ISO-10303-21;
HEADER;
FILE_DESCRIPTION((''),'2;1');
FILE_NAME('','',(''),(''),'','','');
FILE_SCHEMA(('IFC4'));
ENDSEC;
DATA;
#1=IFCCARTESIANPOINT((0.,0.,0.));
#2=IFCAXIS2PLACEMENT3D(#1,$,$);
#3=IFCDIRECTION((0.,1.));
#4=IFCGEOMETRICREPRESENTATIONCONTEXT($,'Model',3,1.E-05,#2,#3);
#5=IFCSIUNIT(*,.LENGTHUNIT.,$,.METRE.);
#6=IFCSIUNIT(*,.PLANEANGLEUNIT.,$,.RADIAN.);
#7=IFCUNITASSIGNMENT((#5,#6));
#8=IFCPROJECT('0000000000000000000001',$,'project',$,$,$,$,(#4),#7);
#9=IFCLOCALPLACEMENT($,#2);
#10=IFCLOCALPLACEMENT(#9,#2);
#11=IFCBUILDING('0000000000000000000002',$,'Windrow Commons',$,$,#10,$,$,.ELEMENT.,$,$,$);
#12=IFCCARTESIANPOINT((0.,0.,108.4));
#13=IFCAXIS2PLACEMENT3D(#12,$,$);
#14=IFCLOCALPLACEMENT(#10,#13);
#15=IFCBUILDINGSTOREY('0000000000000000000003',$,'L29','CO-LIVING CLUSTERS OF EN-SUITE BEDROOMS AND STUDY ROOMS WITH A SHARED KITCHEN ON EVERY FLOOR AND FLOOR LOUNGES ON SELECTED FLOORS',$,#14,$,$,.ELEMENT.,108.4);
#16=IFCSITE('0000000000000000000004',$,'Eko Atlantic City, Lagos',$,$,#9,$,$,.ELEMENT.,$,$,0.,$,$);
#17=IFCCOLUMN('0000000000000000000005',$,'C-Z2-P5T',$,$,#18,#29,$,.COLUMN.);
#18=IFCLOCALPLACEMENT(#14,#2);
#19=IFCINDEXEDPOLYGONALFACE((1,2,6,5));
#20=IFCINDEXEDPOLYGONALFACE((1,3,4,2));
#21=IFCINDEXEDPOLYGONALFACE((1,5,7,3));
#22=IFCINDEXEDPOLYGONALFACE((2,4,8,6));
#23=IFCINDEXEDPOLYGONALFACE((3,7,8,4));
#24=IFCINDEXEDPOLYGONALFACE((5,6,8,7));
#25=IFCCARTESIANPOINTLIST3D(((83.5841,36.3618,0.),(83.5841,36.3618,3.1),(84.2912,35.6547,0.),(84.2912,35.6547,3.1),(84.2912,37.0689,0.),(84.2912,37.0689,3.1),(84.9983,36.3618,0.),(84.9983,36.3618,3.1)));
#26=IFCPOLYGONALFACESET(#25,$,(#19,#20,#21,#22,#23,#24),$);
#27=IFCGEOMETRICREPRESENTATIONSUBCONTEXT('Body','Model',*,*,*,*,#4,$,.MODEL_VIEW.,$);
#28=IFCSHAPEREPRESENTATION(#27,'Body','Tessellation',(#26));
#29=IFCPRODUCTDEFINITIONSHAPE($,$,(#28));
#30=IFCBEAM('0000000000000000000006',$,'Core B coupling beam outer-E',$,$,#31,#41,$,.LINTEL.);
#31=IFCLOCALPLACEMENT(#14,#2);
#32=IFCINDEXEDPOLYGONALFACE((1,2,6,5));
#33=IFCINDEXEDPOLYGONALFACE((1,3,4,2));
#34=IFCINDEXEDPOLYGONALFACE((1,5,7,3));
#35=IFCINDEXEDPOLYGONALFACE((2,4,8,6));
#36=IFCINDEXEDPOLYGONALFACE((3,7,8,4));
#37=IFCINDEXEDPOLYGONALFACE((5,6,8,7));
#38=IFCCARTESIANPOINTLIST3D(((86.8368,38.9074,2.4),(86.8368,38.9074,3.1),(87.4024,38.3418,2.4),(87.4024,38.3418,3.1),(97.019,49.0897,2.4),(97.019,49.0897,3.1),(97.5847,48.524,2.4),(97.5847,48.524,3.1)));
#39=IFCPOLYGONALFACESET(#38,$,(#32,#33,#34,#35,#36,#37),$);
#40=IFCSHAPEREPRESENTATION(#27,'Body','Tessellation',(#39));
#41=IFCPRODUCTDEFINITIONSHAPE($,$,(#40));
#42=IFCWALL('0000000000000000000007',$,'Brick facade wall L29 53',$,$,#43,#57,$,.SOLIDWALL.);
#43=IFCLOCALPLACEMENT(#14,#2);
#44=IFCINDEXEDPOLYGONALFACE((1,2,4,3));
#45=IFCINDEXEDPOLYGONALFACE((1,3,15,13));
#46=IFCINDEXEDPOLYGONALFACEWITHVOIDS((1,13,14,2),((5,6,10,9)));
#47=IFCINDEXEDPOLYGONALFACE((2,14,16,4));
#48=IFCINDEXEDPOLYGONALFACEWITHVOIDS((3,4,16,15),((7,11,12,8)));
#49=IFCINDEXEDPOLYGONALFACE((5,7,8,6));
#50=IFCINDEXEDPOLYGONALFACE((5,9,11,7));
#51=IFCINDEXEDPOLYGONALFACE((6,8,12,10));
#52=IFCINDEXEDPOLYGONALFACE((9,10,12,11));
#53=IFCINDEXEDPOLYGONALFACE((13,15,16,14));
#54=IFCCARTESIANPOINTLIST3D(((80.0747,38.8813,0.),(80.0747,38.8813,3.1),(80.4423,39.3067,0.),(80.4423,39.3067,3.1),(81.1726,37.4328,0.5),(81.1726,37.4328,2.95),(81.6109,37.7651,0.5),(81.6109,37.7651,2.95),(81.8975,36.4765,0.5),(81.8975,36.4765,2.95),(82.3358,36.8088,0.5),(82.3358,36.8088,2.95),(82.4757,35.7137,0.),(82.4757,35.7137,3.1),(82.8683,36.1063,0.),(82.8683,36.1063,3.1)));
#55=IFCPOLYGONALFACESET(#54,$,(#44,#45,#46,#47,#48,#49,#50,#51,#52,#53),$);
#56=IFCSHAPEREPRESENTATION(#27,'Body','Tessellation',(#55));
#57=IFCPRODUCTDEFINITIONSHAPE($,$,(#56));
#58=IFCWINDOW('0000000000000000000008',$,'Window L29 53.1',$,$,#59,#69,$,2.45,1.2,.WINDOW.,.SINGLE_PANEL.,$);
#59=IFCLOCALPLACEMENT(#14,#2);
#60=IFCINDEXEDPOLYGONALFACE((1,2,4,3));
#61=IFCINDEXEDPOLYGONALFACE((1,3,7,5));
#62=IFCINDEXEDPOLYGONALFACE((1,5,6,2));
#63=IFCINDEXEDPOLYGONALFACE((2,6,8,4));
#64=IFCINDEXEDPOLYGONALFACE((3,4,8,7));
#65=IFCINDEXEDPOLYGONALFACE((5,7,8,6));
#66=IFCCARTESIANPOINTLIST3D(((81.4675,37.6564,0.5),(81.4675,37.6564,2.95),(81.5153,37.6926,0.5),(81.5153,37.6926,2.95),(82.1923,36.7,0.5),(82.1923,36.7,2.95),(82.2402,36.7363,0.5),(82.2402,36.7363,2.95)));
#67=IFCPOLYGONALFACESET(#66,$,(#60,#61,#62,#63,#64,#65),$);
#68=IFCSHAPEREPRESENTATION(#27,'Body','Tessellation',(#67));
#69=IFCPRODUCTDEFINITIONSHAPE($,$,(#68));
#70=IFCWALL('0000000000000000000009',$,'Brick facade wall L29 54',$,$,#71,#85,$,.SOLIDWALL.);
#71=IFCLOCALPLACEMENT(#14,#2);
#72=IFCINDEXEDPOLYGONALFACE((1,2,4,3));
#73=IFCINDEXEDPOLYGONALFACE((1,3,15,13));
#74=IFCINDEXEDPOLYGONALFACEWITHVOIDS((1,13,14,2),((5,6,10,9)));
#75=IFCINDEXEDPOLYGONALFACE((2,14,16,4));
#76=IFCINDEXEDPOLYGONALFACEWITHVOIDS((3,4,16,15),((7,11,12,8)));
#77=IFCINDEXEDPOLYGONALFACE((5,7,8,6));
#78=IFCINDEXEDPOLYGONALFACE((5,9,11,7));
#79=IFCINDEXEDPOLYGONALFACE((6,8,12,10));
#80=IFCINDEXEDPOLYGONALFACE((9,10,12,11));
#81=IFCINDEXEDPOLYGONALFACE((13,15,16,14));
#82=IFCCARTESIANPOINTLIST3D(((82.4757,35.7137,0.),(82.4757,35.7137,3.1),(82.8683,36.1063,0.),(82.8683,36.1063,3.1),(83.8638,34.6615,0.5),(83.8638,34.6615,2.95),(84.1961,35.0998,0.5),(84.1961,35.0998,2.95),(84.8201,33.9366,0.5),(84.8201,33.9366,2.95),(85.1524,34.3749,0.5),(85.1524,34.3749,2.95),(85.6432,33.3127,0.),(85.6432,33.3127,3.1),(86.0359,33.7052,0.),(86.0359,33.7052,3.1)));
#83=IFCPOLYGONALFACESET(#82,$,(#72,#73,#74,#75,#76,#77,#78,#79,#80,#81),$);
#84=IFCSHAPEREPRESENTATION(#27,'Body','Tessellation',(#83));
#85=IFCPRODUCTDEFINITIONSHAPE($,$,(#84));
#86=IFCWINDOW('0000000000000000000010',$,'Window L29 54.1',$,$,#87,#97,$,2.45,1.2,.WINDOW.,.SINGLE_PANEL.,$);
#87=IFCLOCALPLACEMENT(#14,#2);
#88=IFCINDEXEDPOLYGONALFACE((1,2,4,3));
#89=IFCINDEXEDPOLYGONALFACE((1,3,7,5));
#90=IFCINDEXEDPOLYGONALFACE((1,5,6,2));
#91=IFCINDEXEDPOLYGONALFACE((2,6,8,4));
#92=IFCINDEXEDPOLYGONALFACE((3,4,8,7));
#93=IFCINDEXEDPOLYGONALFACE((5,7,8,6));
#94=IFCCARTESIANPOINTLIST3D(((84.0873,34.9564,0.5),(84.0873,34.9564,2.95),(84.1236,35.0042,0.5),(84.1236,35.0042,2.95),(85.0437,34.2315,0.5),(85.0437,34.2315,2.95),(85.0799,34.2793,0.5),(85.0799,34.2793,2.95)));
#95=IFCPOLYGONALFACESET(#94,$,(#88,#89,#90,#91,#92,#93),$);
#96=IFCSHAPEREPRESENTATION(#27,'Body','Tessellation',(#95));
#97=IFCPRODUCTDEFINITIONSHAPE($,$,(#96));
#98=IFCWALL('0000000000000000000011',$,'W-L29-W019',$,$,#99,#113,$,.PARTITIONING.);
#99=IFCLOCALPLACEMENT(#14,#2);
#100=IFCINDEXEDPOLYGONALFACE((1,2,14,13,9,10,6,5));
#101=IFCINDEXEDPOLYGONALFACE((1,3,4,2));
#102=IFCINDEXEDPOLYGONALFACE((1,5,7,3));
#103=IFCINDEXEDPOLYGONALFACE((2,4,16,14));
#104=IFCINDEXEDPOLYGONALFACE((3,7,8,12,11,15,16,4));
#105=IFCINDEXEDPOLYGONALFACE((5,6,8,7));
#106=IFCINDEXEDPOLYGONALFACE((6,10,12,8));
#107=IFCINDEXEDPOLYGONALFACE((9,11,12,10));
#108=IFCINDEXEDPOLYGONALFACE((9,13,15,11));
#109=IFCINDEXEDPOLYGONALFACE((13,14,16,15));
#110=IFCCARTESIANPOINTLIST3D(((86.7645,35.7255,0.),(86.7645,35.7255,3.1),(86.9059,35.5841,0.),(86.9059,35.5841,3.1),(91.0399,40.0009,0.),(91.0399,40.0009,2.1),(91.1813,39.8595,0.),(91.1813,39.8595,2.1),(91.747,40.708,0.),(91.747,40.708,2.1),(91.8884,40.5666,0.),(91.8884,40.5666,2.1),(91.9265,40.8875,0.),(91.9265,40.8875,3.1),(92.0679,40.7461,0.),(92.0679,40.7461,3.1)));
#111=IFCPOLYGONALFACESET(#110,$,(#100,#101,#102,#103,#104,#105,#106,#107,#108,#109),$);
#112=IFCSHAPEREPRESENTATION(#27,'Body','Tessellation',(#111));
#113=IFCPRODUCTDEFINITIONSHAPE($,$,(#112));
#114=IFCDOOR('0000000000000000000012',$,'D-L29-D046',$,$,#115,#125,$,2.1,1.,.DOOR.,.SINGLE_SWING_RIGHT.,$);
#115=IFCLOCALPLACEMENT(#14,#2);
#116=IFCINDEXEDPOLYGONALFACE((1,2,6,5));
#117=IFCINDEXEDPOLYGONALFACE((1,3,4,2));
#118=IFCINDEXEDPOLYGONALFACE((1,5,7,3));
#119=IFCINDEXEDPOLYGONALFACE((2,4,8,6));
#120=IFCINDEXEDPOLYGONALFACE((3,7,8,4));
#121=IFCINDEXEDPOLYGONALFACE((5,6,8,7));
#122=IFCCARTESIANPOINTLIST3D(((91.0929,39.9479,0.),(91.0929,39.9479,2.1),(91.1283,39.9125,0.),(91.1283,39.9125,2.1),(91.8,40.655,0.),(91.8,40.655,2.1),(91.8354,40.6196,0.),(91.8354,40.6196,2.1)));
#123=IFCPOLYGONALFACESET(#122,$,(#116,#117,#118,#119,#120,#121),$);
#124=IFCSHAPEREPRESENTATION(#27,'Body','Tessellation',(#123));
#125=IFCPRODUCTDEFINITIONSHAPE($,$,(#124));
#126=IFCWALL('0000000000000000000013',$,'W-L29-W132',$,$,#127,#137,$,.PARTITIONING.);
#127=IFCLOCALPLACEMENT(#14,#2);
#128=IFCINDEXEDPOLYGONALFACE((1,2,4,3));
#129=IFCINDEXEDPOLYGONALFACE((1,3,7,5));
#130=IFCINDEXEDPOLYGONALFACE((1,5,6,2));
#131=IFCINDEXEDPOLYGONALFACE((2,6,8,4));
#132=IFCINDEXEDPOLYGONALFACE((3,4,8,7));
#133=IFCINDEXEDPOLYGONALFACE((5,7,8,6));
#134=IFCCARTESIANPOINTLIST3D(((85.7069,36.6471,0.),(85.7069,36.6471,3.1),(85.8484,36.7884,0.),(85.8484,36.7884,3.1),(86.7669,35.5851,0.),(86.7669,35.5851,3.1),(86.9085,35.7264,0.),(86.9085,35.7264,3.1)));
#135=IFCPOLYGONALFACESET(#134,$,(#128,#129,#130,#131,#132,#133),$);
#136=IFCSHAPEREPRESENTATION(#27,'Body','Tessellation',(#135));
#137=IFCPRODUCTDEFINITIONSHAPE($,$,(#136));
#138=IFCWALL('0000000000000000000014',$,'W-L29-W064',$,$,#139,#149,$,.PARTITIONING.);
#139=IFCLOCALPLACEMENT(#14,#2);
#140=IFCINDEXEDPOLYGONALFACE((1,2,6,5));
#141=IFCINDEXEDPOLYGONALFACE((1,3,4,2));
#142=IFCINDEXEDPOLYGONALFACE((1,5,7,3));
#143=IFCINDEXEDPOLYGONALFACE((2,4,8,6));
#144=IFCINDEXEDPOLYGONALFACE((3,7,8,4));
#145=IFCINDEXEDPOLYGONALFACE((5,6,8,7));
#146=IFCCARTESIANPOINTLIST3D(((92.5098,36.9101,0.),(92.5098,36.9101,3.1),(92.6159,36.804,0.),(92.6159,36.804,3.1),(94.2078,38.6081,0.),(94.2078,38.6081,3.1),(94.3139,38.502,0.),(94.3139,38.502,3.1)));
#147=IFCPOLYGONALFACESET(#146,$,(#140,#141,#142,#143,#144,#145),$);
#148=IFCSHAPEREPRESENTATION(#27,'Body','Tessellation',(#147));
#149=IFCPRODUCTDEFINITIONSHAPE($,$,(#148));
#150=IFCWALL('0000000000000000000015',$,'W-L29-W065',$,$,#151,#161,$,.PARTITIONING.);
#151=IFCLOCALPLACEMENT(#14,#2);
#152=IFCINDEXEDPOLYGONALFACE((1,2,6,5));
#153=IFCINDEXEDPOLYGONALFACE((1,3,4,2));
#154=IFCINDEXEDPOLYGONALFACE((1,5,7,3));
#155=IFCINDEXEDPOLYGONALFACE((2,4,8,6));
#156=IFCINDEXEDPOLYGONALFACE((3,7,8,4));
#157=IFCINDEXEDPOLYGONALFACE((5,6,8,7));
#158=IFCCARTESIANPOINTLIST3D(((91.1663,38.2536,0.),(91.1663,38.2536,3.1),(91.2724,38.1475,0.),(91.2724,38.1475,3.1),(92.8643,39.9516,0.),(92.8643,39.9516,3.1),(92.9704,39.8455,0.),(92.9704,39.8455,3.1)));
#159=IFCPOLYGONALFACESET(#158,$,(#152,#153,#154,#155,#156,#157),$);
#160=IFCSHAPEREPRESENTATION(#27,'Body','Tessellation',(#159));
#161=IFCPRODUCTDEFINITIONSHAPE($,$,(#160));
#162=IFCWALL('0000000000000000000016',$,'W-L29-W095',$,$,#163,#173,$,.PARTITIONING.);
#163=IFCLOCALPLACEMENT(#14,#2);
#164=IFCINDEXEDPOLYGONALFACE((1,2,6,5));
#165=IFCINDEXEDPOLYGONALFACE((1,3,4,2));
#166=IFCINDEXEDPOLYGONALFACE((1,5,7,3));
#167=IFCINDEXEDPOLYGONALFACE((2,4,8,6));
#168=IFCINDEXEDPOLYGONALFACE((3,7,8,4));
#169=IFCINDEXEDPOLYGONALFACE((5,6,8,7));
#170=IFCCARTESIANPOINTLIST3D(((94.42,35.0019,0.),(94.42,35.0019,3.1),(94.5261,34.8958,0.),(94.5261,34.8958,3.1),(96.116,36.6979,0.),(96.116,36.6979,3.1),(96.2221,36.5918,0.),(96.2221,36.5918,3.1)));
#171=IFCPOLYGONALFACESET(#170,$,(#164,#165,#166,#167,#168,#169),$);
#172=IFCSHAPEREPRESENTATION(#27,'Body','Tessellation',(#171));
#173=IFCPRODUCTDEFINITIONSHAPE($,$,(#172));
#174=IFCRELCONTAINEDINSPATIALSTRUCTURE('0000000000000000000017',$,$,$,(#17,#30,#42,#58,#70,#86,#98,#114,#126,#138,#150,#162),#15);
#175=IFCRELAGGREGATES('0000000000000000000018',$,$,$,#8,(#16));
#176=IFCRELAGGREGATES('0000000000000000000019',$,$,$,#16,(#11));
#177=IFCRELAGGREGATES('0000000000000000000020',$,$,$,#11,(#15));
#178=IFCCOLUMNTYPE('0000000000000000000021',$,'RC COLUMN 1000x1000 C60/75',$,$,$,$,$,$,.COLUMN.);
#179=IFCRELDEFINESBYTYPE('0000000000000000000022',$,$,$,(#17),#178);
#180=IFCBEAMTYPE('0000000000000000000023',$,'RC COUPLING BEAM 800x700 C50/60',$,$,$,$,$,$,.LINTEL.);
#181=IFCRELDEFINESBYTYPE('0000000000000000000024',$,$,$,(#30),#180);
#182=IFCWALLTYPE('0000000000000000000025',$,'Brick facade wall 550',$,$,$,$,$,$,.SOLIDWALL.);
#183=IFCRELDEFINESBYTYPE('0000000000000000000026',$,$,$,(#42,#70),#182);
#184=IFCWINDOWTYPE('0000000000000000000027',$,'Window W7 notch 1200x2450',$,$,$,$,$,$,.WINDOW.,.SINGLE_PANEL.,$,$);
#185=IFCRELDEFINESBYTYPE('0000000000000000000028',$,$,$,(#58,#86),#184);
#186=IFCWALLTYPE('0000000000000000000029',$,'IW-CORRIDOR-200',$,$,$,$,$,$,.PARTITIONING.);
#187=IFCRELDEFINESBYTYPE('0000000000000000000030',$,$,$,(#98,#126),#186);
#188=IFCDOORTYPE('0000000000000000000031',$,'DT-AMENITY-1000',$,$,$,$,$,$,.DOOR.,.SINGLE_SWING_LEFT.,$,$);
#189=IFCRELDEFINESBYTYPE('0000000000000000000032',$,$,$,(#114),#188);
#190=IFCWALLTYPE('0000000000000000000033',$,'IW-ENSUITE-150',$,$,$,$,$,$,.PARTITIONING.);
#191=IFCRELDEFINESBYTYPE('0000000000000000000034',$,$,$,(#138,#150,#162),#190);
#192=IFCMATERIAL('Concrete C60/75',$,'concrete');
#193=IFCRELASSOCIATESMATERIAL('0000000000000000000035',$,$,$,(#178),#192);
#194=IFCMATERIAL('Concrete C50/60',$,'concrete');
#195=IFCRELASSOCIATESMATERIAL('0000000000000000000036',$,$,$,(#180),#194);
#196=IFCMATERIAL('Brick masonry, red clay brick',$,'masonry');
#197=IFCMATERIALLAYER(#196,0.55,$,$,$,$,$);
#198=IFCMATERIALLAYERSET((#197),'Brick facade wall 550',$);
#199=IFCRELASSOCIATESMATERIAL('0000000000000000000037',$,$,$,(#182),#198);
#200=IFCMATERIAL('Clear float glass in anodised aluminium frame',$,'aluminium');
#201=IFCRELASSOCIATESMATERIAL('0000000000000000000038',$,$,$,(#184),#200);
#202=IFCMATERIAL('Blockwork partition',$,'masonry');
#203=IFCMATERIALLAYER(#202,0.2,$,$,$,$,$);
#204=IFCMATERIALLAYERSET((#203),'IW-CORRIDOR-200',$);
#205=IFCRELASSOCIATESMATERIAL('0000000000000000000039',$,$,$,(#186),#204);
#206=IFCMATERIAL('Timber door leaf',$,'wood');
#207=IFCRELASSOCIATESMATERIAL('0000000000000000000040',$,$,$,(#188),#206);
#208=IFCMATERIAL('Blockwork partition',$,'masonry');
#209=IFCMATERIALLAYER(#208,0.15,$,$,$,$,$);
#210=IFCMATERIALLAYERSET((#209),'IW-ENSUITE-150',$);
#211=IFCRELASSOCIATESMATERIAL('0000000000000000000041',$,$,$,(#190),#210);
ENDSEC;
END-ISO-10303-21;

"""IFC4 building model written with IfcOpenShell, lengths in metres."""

from ifc_helpers import new_model, si_unit, direction, frame, frame_2d, origin, origin_2d, place, context, subcontext, project, spatial, polyline, rectangle, outline, extrude, material, layer, layer_set, material_profile, profile_set, type_object, element, fill, save


model = new_model("IFC4")

# Units and contexts
model_context = context("Model", 3, precision=1e-05, world=origin(), true_north=direction((0.0, 1.0)))
body_context = subcontext(model_context, "Body", "Model", "MODEL_VIEW")
ifc_project = project(units=[si_unit("LENGTHUNIT", "METRE"), si_unit("PLANEANGLEUNIT", "RADIAN")], contexts=[model_context])

# Site, building, storey
site_placement = place(None, origin())
site = spatial("IfcSite", under=ifc_project, at=site_placement, Name="Eko Atlantic City, Lagos", CompositionType="ELEMENT", RefElevation=0.0)
building_placement = place(site_placement, origin())
building = spatial("IfcBuilding", under=site, at=building_placement, Name="Windrow Commons", CompositionType="ELEMENT")
storey_placement = place(building_placement, frame((0.0, 0.0, 108.4)))
storey = spatial("IfcBuildingStorey", under=building, at=storey_placement, Name="L29", Description="CO-LIVING CLUSTERS OF EN-SUITE BEDROOMS AND STUDY ROOMS WITH A SHARED KITCHEN ON EVERY FLOOR AND FLOOR LOUNGES ON SELECTED FLOORS", CompositionType="ELEMENT", Elevation=108.4)

# Column
ifc_material_1 = material(Name="Concrete C60/75", Category="concrete")
ifc_material_profile_1 = material_profile(ifc_material_1, rectangle(XDim=1.0, YDim=1.0, at=origin_2d()))
ifc_profile_set_1 = profile_set([ifc_material_profile_1], Name="Concrete C60/75")
column_type = type_object("IfcColumnType", Name="RC COLUMN 1000x1000 C60/75", PredefinedType="COLUMN", material=ifc_profile_set_1)
column_placement = place(storey_placement, frame((84.2912, 36.3618, 0.0), z_axis=(0.0, 0.0, 1.0), x_axis=(0.707107, -0.707107, 0.0)))
element("IfcColumn", 1, at=column_placement, inside=storey, type_object=column_type, Name="C-Z2-P5T", PredefinedType="COLUMN", context=body_context, shape_type="SweptSolid", body=[
    extrude(rectangle(XDim=1.0, YDim=1.0, at=origin_2d()), origin(), (0.0, 0.0, 1.0), 3.1),
])

# Beam
ifc_material_2 = material(Name="Concrete C50/60", Category="concrete")
ifc_material_profile_2 = material_profile(ifc_material_2, rectangle(XDim=0.8, YDim=0.7, at=origin_2d()))
ifc_profile_set_2 = profile_set([ifc_material_profile_2], Name="Concrete C50/60")
beam_type = type_object("IfcBeamType", Name="RC COUPLING BEAM 800x700 C50/60", PredefinedType="LINTEL", material=ifc_profile_set_2)
beam_placement = place(storey_placement, frame((87.1196, 38.6246, 2.75), z_axis=(0.707107, 0.707107, 0.0), x_axis=(-0.707107, 0.707107, 0.0)))
element("IfcBeam", 2, at=beam_placement, inside=storey, type_object=beam_type, Name="Core B coupling beam outer-E", PredefinedType="LINTEL", context=body_context, shape_type="SweptSolid", body=[
    extrude(rectangle(XDim=0.8, YDim=0.7, at=origin_2d()), origin(), (0.0, 0.0, 1.0), 14.3999),
])

# Walls, openings, windows
ifc_material_3 = material(Name="Brick masonry, red clay brick", Category="masonry")
ifc_layer_1 = layer(ifc_material_3, 0.55)
ifc_layer_set_1 = layer_set([ifc_layer_1], Name="Brick facade wall 550")
wall_type_1 = type_object("IfcWallType", Name="Brick facade wall 550", PredefinedType="SOLIDWALL", material=ifc_layer_set_1)
wall_1_placement = place(storey_placement, frame((80.2585, 39.094, 0.0), z_axis=(0.0, 0.0, 1.0), x_axis=(0.604077, -0.796926, 0.0)))
wall_1 = element("IfcWall", 3, at=wall_1_placement, inside=storey, type_object=wall_type_1, Name="Brick facade wall L29 53", PredefinedType="SOLIDWALL", context=body_context, shape_type="SweptSolid", body=[
    extrude(outline(polyline([(0.0585, -0.275), (4.0332, -0.275), (3.9575, 0.275), (-0.0585, 0.275), (0.0585, -0.275)])), origin(), (0.0, 0.0, 1.0), 3.1),
])
opening_1_placement = place(wall_1_placement, frame((1.876, 0.0, 0.5)))
opening_1 = element("IfcOpeningElement", 4, at=opening_1_placement, cuts=wall_1, PredefinedType="OPENING", context=body_context, shape_type="SweptSolid", body=[
    extrude(rectangle(XDim=1.2, YDim=2.45, at=frame_2d((0.6, 1.225))), frame((0.0, 0.285, 0.0), z_axis=(0.0, -1.0, 0.0), x_axis=(1.0, 0.0, 0.0)), (0.0, 0.0, 1.0), 0.57),
])
ifc_material_4 = material(Name="Clear float glass in anodised aluminium frame", Category="aluminium")
window_type = type_object("IfcWindowType", Name="Window W7 notch 1200x2450", PartitioningType="SINGLE_PANEL", PredefinedType="WINDOW", material=ifc_material_4)
window_1_placement = place(opening_1_placement, origin())
window_1 = element("IfcWindow", 5, at=window_1_placement, inside=storey, type_object=window_type, Name="Window L29 53.1", OverallHeight=2.45, OverallWidth=1.2, PartitioningType="SINGLE_PANEL", PredefinedType="WINDOW", context=body_context, shape_type="SweptSolid", body=[
    extrude(rectangle(XDim=1.2, YDim=2.45, at=frame_2d((0.6, 1.225))), frame((0.0, 0.155, 0.0), z_axis=(0.0, -1.0, 0.0), x_axis=(1.0, 0.0, 0.0)), (0.0, 0.0, 1.0), 0.06),
])
fill(opening_1, window_1)
wall_2_placement = place(storey_placement, frame((82.672, 35.91, 0.0), z_axis=(0.0, 0.0, 1.0), x_axis=(0.796925, -0.604078, 0.0)))
wall_2 = element("IfcWall", 6, at=wall_2_placement, inside=storey, type_object=wall_type_1, Name="Brick facade wall L29 54", PredefinedType="SOLIDWALL", context=body_context, shape_type="SweptSolid", body=[
    extrude(outline(polyline([(-0.0379, -0.275), (3.9368, -0.275), (4.0126, 0.275), (0.0379, 0.275), (-0.0379, -0.275)])), origin(), (0.0, 0.0, 1.0), 3.1),
])
opening_2_placement = place(wall_2_placement, frame((1.704, 0.0, 0.5)))
opening_2 = element("IfcOpeningElement", 7, at=opening_2_placement, cuts=wall_2, PredefinedType="OPENING", context=body_context, shape_type="SweptSolid", body=[
    extrude(rectangle(XDim=1.2, YDim=2.45, at=frame_2d((0.6, 1.225))), frame((0.0, 0.285, 0.0), z_axis=(0.0, -1.0, 0.0), x_axis=(1.0, 0.0, 0.0)), (0.0, 0.0, 1.0), 0.57),
])
window_2_placement = place(opening_2_placement, origin())
window_2 = element("IfcWindow", 8, at=window_2_placement, inside=storey, type_object=window_type, Name="Window L29 54.1", OverallHeight=2.45, OverallWidth=1.2, PartitioningType="SINGLE_PANEL", PredefinedType="WINDOW", context=body_context, shape_type="SweptSolid", body=[
    extrude(rectangle(XDim=1.2, YDim=2.45, at=frame_2d((0.6, 1.225))), frame((0.0, 0.155, 0.0), z_axis=(0.0, -1.0, 0.0), x_axis=(1.0, 0.0, 0.0)), (0.0, 0.0, 1.0), 0.06),
])
fill(opening_2, window_2)

# Wall, opening, door
ifc_material_5 = material(Name="Blockwork partition", Category="masonry")
ifc_layer_2 = layer(ifc_material_5, 0.2)
ifc_layer_set_2 = layer_set([ifc_layer_2], Name="IW-CORRIDOR-200")
wall_type_2 = type_object("IfcWallType", Name="IW-CORRIDOR-200", PredefinedType="PARTITIONING", material=ifc_layer_set_2)
wall_3_placement = place(storey_placement, frame((86.8352, 35.6548, 0.0), z_axis=(0.0, 0.0, 1.0), x_axis=(0.707107, 0.707107, 0.0)))
wall_3 = element("IfcWall", 9, at=wall_3_placement, inside=storey, type_object=wall_type_2, Name="W-L29-W019", PredefinedType="PARTITIONING", context=body_context, shape_type="SweptSolid", body=[
    extrude(rectangle(XDim=7.3002, YDim=0.2, at=frame_2d((3.6501, 0.0))), origin(), (0.0, 0.0, 1.0), 3.1),
])
opening_3_placement = place(wall_3_placement, frame((6.0463, 0.0, 0.0)))
opening_3 = element("IfcOpeningElement", 10, at=opening_3_placement, cuts=wall_3, PredefinedType="OPENING", context=body_context, shape_type="SweptSolid", body=[
    extrude(rectangle(XDim=1.0, YDim=2.1, at=frame_2d((0.5, 1.05))), frame((0.0, 0.11, 0.0), z_axis=(0.0, -1.0, 0.0), x_axis=(1.0, 0.0, 0.0)), (0.0, 0.0, 1.0), 0.22),
])
ifc_material_6 = material(Name="Timber door leaf", Category="wood")
door_type_1 = type_object("IfcDoorType", Name="DT-AMENITY-1000", OperationType="SINGLE_SWING_LEFT", PredefinedType="DOOR", material=ifc_material_6)
door_1_placement = place(opening_3_placement, origin())
door_1 = element("IfcDoor", 11, at=door_1_placement, inside=storey, type_object=door_type_1, Name="D-L29-D046", OperationType="SINGLE_SWING_RIGHT", OverallHeight=2.1, OverallWidth=1.0, PredefinedType="DOOR", context=body_context, shape_type="SweptSolid", body=[
    extrude(rectangle(XDim=1.0, YDim=2.1, at=frame_2d((0.5, 1.05))), frame((0.0, 0.025, 0.0), z_axis=(0.0, -1.0, 0.0), x_axis=(1.0, 0.0, 0.0)), (0.0, 0.0, 1.0), 0.05),
])
fill(opening_3, door_1)

# Walls
wall_4_placement = place(storey_placement, frame((85.7777, 36.7177, 0.0), z_axis=(0.0, 0.0, 1.0), x_axis=(0.70644, -0.707773, 0.0)))
element("IfcWall", 12, at=wall_4_placement, inside=storey, type_object=wall_type_2, Name="W-L29-W132", PredefinedType="PARTITIONING", context=body_context, shape_type="SweptSolid", body=[
    extrude(rectangle(XDim=1.5005, YDim=0.2, at=frame_2d((0.7502, 0.0))), origin(), (0.0, 0.0, 1.0), 3.1),
])
ifc_material_7 = material(Name="Blockwork partition", Category="masonry")
ifc_layer_3 = layer(ifc_material_7, 0.15)
ifc_layer_set_3 = layer_set([ifc_layer_3], Name="IW-ENSUITE-150")
wall_type_3 = type_object("IfcWallType", Name="IW-ENSUITE-150", PredefinedType="PARTITIONING", material=ifc_layer_set_3)
for number, where, z_axis, x_axis, name in (
    (13, (92.5629, 36.8571, 0.0), (0.0, 0.0, 1.0), (0.707107, 0.707107, 0.0), "W-L29-W064"),
    (14, (91.2194, 38.2006, 0.0), (0.0, 0.0, 1.0), (0.707107, 0.707107, 0.0), "W-L29-W065"),
):
    element("IfcWall", number, at=place(storey_placement, frame(where, z_axis=z_axis, x_axis=x_axis)), inside=storey, type_object=wall_type_3, Name=name, PredefinedType="PARTITIONING", context=body_context, shape_type="SweptSolid", body=[
        extrude(rectangle(XDim=2.4013, YDim=0.15, at=frame_2d((1.2006, 0.0))), origin(), (0.0, 0.0, 1.0), 3.1),
    ])
wall_5_placement = place(storey_placement, frame((94.4731, 34.9489, 0.0), z_axis=(0.0, 0.0, 1.0), x_axis=(0.707107, 0.707107, 0.0)))
element("IfcWall", 15, at=wall_5_placement, inside=storey, type_object=wall_type_3, Name="W-L29-W095", PredefinedType="PARTITIONING", context=body_context, shape_type="SweptSolid", body=[
    extrude(rectangle(XDim=2.3985, YDim=0.15, at=frame_2d((1.1992, 0.0))), origin(), (0.0, 0.0, 1.0), 3.1),
])

save(model, "model.ifc")
